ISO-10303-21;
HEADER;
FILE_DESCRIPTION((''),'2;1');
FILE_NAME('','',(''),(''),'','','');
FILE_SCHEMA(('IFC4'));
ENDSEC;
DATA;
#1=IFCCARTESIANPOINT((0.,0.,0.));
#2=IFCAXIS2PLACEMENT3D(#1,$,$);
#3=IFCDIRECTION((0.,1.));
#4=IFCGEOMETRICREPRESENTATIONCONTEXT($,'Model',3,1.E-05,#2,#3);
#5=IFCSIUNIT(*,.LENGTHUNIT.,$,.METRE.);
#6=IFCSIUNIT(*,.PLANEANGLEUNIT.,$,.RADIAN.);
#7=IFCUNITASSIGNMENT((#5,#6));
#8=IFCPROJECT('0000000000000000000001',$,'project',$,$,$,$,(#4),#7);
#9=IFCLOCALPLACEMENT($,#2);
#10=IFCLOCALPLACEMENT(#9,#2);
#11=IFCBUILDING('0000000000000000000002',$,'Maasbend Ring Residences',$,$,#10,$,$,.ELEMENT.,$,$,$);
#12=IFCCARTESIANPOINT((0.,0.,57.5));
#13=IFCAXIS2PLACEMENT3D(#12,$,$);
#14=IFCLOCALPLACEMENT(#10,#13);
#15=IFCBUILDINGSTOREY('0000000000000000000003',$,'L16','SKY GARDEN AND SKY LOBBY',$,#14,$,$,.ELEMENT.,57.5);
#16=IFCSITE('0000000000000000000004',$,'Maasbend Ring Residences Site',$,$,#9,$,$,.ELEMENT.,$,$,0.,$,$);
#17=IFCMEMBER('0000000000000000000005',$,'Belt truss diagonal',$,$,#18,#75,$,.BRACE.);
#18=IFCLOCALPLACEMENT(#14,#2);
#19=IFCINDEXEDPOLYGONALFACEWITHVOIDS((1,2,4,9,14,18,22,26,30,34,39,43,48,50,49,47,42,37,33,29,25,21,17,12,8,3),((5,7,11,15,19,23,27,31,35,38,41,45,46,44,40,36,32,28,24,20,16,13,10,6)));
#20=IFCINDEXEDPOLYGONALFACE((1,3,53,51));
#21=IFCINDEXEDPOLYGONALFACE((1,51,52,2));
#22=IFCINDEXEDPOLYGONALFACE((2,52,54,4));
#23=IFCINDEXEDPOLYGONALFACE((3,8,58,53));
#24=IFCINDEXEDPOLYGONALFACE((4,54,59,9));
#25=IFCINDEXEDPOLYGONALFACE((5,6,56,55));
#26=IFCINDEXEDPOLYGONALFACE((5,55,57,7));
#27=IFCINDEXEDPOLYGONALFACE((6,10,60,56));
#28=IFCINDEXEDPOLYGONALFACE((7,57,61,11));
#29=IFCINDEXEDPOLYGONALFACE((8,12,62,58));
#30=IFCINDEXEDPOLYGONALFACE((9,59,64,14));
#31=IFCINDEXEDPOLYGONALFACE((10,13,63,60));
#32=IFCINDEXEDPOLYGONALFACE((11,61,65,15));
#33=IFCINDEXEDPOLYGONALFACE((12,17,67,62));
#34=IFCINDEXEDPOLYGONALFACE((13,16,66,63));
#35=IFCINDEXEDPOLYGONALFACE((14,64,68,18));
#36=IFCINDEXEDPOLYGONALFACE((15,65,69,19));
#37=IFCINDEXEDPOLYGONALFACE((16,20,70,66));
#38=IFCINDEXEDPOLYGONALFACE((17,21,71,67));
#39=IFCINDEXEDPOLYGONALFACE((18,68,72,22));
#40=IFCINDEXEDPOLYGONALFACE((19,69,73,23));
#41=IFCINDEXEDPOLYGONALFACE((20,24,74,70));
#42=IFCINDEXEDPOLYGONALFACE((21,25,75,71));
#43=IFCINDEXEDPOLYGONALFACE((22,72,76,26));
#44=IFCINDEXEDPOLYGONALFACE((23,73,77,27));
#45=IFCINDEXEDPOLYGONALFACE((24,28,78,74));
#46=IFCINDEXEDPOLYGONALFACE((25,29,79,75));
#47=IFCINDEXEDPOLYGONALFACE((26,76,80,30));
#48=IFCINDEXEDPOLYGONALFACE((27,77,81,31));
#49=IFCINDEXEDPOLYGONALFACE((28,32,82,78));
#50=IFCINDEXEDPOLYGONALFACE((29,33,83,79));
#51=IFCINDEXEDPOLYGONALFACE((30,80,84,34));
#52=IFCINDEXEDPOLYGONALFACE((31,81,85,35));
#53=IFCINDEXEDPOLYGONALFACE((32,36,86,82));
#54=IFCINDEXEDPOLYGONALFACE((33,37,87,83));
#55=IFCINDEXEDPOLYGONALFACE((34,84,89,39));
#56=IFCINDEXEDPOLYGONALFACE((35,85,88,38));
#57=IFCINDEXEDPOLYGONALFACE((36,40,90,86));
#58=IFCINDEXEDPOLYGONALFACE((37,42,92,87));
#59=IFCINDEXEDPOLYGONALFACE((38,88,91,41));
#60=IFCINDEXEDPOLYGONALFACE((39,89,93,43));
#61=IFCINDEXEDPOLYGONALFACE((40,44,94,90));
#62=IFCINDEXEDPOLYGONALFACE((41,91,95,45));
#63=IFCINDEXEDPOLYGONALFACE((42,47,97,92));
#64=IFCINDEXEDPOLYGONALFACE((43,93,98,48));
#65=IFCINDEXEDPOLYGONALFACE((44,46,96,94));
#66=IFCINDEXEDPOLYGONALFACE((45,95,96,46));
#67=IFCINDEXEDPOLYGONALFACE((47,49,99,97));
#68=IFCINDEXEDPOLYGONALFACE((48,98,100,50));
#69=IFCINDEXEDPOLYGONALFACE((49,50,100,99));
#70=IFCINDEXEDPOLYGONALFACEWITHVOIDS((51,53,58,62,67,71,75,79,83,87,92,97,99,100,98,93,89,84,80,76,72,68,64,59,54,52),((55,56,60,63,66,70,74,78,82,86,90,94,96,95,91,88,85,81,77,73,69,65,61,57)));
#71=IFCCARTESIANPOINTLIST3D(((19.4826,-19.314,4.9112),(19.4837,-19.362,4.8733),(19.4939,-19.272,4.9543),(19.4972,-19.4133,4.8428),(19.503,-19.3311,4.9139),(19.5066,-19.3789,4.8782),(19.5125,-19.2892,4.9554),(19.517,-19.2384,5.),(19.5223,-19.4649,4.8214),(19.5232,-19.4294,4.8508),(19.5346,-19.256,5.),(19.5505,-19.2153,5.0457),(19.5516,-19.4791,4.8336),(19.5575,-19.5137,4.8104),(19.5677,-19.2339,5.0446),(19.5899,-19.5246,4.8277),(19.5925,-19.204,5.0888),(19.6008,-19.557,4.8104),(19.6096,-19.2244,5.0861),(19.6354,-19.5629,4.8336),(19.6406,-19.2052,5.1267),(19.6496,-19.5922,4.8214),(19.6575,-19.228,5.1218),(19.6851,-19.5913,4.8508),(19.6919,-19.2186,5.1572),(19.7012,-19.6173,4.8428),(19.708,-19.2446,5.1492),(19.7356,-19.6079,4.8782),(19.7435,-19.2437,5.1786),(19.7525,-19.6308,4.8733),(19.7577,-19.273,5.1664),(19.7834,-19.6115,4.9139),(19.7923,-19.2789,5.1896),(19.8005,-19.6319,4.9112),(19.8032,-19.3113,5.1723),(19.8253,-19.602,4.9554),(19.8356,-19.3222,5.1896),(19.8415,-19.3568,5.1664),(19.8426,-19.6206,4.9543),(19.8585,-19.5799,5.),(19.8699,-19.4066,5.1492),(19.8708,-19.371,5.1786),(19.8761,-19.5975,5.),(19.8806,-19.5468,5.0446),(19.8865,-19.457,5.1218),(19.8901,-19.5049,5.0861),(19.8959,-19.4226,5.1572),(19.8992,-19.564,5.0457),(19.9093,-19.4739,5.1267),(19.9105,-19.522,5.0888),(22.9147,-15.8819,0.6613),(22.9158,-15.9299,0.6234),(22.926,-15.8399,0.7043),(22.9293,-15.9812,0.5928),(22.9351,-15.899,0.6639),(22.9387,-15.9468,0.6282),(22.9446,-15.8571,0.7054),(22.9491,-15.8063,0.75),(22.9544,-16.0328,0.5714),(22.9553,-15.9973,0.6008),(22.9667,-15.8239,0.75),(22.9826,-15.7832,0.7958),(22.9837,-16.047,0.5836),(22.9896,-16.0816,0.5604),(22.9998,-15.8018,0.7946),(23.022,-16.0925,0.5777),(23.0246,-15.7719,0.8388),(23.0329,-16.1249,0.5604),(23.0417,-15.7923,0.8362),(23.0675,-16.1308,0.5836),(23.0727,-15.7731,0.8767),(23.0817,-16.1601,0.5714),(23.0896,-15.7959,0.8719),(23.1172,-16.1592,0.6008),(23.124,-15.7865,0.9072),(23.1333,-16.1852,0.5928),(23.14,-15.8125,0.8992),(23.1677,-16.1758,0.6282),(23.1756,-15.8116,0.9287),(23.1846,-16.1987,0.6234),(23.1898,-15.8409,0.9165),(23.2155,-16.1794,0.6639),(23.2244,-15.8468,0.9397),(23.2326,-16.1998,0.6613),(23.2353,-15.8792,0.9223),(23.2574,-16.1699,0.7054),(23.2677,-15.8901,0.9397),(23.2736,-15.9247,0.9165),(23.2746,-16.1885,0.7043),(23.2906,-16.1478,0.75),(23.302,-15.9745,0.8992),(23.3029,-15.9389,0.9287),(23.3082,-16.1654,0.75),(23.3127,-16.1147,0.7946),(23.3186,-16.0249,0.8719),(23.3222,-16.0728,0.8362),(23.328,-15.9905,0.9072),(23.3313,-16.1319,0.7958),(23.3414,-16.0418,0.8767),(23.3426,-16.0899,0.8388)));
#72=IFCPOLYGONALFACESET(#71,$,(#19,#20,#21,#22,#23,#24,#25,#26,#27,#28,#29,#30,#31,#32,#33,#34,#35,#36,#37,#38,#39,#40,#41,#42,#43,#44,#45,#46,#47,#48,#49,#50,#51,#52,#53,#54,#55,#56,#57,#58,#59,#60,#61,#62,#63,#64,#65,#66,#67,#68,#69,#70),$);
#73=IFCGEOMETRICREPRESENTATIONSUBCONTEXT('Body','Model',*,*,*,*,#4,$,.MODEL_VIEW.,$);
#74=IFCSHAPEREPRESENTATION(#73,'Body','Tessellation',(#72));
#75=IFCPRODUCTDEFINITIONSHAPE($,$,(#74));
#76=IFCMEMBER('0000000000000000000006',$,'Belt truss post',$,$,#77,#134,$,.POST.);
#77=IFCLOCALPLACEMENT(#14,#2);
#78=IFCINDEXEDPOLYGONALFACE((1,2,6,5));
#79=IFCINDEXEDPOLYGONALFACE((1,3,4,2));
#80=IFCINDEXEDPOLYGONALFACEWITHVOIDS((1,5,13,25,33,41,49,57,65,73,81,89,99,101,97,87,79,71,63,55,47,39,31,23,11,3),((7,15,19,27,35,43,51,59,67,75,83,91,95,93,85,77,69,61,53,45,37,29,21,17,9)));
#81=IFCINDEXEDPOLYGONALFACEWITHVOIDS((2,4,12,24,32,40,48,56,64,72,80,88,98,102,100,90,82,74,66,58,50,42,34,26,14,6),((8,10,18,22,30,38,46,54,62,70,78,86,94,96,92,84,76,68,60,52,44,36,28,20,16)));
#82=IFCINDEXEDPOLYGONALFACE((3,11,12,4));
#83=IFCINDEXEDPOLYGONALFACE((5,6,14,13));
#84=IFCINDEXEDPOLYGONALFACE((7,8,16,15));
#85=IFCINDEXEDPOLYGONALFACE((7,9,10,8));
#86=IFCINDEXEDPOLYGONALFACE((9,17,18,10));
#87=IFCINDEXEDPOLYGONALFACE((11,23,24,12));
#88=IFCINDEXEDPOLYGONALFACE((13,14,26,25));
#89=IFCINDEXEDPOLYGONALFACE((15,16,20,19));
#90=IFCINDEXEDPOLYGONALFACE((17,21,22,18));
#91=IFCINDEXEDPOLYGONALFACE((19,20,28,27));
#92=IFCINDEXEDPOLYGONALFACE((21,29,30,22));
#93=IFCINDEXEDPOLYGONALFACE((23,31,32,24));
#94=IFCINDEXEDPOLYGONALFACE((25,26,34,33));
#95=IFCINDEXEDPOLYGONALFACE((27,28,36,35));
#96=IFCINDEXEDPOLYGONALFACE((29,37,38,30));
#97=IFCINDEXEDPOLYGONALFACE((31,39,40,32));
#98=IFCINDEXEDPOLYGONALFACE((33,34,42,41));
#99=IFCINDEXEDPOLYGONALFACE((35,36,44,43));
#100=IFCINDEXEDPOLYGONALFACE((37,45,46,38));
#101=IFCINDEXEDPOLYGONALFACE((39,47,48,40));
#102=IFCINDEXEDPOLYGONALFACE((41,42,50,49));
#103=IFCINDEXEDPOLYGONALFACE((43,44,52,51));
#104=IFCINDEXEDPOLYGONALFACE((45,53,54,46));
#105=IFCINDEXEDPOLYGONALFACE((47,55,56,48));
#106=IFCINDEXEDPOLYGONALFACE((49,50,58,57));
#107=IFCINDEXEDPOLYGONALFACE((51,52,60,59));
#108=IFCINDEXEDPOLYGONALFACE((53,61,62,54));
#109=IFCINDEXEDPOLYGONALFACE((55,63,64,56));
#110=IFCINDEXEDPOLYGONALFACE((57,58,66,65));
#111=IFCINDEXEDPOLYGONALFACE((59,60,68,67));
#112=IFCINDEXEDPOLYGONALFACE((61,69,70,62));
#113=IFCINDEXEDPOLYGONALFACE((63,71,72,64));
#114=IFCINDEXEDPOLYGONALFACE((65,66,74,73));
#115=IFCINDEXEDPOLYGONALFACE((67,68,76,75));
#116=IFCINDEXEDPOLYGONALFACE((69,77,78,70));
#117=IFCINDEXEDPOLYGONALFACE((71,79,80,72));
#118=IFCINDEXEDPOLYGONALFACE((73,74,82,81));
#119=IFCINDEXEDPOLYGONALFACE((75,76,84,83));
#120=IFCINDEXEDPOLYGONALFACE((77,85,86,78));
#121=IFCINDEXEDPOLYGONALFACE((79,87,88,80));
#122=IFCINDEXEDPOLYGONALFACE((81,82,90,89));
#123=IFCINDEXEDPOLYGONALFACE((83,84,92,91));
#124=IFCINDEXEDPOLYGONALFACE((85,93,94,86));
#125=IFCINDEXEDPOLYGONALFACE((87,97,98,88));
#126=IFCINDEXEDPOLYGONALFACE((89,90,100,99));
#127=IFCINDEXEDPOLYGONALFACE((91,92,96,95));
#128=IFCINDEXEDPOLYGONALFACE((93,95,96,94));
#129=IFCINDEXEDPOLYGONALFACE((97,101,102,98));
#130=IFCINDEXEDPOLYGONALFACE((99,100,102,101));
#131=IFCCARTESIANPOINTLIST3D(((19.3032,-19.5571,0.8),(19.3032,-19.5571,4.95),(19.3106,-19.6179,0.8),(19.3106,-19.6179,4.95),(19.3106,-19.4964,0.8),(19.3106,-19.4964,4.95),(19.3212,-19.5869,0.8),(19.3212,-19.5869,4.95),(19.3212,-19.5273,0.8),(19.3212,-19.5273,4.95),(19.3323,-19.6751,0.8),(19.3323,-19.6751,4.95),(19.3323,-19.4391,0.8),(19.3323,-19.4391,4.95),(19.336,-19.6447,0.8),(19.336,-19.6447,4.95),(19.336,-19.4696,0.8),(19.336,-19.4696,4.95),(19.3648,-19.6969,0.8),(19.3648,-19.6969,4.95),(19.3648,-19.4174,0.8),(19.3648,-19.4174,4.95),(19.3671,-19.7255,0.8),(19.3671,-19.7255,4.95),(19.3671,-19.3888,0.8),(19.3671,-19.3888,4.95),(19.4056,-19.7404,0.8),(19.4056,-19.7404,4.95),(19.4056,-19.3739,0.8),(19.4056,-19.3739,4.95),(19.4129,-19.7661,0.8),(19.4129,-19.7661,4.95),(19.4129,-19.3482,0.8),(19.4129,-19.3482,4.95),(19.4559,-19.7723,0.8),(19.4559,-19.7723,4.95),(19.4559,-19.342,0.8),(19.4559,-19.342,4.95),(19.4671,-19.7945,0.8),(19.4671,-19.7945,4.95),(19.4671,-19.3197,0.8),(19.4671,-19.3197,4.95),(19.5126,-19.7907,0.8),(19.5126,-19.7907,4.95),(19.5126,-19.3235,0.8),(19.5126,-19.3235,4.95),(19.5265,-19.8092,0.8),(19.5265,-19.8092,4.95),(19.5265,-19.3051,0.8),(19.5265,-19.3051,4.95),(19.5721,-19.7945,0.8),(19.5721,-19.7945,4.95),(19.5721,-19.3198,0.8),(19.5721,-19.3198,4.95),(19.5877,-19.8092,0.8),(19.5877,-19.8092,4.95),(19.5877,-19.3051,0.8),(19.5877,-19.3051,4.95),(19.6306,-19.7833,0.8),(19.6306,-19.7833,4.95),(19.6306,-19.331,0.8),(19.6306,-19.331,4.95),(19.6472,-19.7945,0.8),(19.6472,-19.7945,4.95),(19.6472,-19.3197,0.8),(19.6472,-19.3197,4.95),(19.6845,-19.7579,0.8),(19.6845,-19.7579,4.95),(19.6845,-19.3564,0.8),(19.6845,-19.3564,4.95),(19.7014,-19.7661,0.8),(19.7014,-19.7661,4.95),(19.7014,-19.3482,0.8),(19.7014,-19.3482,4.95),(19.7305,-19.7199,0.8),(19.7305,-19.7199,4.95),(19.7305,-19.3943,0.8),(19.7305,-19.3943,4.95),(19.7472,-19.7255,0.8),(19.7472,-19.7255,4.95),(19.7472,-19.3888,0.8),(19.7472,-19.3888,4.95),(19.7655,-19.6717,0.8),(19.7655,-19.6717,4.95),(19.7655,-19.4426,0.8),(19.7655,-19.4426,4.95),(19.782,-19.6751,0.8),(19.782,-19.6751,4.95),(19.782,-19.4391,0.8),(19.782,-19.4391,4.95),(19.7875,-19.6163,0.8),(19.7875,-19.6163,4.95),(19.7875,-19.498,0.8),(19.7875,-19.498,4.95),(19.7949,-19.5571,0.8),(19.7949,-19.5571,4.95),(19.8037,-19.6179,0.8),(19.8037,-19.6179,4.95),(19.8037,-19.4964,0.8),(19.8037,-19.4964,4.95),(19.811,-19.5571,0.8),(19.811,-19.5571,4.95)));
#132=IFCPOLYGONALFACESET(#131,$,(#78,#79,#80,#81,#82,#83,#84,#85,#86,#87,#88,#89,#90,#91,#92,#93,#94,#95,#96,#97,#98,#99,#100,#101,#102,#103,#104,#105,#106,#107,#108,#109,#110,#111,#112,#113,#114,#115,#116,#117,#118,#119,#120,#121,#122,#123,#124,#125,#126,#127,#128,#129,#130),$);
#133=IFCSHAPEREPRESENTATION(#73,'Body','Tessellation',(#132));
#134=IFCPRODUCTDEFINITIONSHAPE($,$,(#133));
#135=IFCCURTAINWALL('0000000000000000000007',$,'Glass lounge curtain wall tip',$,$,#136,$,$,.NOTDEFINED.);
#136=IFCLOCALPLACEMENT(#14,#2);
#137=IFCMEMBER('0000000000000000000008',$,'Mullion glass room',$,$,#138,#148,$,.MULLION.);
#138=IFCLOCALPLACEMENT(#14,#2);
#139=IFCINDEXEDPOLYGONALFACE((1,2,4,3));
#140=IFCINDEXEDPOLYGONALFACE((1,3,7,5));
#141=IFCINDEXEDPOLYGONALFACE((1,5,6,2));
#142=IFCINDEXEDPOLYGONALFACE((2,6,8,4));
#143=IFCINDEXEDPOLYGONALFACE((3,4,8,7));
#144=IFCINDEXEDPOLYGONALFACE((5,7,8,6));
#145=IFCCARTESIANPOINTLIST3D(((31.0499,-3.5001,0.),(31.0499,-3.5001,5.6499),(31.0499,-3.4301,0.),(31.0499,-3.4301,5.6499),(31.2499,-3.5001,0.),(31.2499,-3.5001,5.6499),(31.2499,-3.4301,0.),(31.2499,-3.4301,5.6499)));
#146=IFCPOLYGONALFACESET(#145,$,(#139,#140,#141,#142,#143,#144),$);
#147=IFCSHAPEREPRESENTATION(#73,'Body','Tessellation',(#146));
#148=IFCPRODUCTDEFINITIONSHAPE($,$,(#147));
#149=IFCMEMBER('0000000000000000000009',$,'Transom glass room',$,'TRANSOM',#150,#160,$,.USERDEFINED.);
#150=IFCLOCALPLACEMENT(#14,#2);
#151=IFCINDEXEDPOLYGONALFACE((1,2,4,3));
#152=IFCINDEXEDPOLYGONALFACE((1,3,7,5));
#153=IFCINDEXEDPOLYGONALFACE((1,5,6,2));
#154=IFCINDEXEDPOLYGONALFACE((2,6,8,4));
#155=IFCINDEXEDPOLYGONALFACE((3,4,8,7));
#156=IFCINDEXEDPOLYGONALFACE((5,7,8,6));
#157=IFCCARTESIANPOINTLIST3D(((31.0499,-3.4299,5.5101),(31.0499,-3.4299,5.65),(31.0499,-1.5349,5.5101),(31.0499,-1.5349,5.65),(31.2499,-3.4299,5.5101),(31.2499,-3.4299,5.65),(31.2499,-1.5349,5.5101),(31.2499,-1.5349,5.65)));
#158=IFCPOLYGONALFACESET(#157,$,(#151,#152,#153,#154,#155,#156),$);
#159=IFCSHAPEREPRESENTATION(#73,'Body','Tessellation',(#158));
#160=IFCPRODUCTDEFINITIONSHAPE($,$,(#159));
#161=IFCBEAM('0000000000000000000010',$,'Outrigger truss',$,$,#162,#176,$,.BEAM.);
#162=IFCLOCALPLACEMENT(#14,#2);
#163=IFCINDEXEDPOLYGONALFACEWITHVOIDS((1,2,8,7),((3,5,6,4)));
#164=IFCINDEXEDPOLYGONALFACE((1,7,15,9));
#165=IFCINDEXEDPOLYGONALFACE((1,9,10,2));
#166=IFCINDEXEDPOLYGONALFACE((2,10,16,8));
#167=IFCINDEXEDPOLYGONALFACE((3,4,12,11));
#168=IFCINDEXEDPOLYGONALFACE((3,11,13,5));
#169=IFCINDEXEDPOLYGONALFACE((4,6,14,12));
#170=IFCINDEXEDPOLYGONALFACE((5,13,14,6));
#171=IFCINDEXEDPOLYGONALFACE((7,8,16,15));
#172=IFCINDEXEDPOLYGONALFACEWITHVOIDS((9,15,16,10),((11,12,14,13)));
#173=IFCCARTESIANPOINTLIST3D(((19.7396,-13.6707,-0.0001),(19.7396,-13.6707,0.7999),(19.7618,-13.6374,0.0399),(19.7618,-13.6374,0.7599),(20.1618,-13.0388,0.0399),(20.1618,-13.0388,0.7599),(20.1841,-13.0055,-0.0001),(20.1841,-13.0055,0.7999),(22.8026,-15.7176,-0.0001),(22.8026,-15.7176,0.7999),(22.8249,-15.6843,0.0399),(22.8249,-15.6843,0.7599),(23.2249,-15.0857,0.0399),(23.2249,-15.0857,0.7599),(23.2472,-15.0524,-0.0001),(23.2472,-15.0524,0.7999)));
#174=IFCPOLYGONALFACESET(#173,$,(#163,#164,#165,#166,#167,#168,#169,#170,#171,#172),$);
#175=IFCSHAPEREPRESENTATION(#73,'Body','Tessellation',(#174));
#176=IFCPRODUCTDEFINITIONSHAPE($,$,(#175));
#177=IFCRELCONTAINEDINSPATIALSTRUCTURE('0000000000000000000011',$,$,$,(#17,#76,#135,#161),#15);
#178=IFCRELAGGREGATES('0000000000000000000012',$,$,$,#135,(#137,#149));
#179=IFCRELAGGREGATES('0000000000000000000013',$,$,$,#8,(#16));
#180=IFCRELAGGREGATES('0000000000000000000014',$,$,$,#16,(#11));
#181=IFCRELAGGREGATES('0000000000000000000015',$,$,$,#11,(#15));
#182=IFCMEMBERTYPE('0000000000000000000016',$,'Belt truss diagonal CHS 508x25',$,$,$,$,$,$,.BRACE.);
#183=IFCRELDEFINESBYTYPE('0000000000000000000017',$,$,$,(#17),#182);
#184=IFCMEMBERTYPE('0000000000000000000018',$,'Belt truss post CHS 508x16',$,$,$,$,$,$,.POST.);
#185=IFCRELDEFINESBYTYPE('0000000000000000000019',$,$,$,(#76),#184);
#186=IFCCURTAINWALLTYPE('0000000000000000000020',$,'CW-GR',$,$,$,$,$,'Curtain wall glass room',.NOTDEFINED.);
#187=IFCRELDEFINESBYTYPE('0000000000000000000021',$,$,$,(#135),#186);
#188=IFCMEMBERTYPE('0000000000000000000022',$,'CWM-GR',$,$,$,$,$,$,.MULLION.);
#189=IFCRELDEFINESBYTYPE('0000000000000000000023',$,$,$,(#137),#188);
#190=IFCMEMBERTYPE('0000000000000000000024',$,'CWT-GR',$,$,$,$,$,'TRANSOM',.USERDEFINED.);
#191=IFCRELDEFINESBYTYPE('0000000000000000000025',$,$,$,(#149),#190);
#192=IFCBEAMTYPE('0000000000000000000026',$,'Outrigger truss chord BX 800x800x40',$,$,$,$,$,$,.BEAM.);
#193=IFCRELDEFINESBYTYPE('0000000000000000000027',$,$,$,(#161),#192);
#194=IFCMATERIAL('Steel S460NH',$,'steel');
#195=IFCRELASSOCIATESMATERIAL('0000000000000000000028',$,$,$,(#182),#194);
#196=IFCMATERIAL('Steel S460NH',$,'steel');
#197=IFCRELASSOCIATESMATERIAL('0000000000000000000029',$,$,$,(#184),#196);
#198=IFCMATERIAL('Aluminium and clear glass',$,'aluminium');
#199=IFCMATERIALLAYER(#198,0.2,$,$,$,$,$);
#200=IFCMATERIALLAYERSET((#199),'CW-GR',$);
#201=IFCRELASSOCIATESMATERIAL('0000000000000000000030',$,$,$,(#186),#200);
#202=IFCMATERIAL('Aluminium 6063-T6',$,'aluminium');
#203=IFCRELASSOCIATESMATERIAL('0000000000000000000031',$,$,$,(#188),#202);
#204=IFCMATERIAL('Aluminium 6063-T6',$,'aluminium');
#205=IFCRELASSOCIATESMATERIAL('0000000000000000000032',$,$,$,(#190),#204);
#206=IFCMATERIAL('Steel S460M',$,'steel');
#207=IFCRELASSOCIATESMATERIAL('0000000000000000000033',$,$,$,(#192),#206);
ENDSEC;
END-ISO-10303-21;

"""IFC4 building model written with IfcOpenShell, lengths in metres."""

from ifc_helpers import new_model, si_unit, direction, frame, origin, origin_2d, place, context, subcontext, project, spatial, rectangle, hollow_rectangle, hollow_circle, extrude, material, layer, layer_set, material_profile, profile_set, type_object, element, aggregate, save


model = new_model("IFC4")

# Units and contexts
model_context = context("Model", 3, precision=1e-05, world=origin(), true_north=direction((0.0, 1.0)))
body_context = subcontext(model_context, "Body", "Model", "MODEL_VIEW")
ifc_project = project(units=[si_unit("LENGTHUNIT", "METRE"), si_unit("PLANEANGLEUNIT", "RADIAN")], contexts=[model_context])

# Site, building, storey
site_placement = place(None, origin())
site = spatial("IfcSite", under=ifc_project, at=site_placement, Name="Maasbend Ring Residences Site", CompositionType="ELEMENT", RefElevation=0.0)
building_placement = place(site_placement, origin())
building = spatial("IfcBuilding", under=site, at=building_placement, Name="Maasbend Ring Residences", CompositionType="ELEMENT")
storey_placement = place(building_placement, frame((0.0, 0.0, 57.5)))
storey = spatial("IfcBuildingStorey", under=building, at=storey_placement, Name="L16", Description="SKY GARDEN AND SKY LOBBY", CompositionType="ELEMENT", Elevation=57.5)

# Members
ifc_material_1 = material(Name="Steel S460NH", Category="steel")
ifc_material_profile_1 = material_profile(ifc_material_1, hollow_circle(Radius=0.2539, WallThickness=0.0249, at=origin_2d()), Name="Belt truss diagonal CHS 508x25")
ifc_profile_set_1 = profile_set([ifc_material_profile_1], Name="Steel S460NH")
member_type_1 = type_object("IfcMemberType", Name="Belt truss diagonal CHS 508x25", PredefinedType="BRACE", material=ifc_profile_set_1)
for number, where, z_axis, x_axis, name in (
    (1, (19.6965, -19.418, 5.0), (0.531991, 0.531991, -0.658764), (-0.707107, 0.707107, 0.0), "Belt truss diagonal"),
):
    element("IfcMember", number, at=place(storey_placement, frame(where, z_axis=z_axis, x_axis=x_axis)), inside=storey, type_object=member_type_1, Name=name, PredefinedType="BRACE", context=body_context, shape_type="SweptSolid", body=[
        extrude(hollow_circle(Radius=0.2539, WallThickness=0.0249, at=origin_2d()), origin(), (0.0, 0.0, 1.0), 6.4514),
    ])
ifc_material_2 = material(Name="Steel S460NH", Category="steel")
ifc_material_profile_2 = material_profile(ifc_material_2, hollow_circle(Radius=0.2539, WallThickness=0.0161, at=origin_2d()), Name="Belt truss post CHS 508x16")
ifc_profile_set_2 = profile_set([ifc_material_profile_2], Name="Steel S460NH")
member_type_2 = type_object("IfcMemberType", Name="Belt truss post CHS 508x16", PredefinedType="POST", material=ifc_profile_set_2)
member_1_placement = place(storey_placement, frame((19.5571, -19.5571, 0.8), z_axis=(0.0, 0.0, 1.0), x_axis=(1.0, 0.0, 0.0)))
element("IfcMember", 2, at=member_1_placement, inside=storey, type_object=member_type_2, Name="Belt truss post", PredefinedType="POST", context=body_context, shape_type="SweptSolid", body=[
    extrude(hollow_circle(Radius=0.2539, WallThickness=0.0161, at=origin_2d()), origin(), (0.0, 0.0, 1.0), 4.1499),
])

# Curtain wall, members
ifc_material_3 = material(Name="Aluminium and clear glass", Category="aluminium")
ifc_layer_1 = layer(ifc_material_3, 0.2)
ifc_layer_set_1 = layer_set([ifc_layer_1], Name="CW-GR")
curtain_wall_type = type_object("IfcCurtainWallType", Name="CW-GR", ElementType="Curtain wall glass room", PredefinedType="NOTDEFINED", material=ifc_layer_set_1)
curtain_wall_placement = place(storey_placement, origin())
curtain_wall = element("IfcCurtainWall", 3, at=curtain_wall_placement, inside=storey, type_object=curtain_wall_type, Name="Glass lounge curtain wall tip", PredefinedType="NOTDEFINED")
ifc_material_4 = material(Name="Aluminium 6063-T6", Category="aluminium")
ifc_material_profile_3 = material_profile(ifc_material_4, rectangle(XDim=0.2, YDim=0.0701, at=origin_2d()), Name="AL 200x70")
ifc_profile_set_3 = profile_set([ifc_material_profile_3], Name="Aluminium 6063-T6")
member_type_3 = type_object("IfcMemberType", Name="CWM-GR", PredefinedType="MULLION", material=ifc_profile_set_3)
member_2_placement = place(storey_placement, frame((31.1499, -3.4651, 0.0), z_axis=(0.0, 0.0, 1.0), x_axis=(-1.0, 0.0, 0.0)))
member_2 = element("IfcMember", 4, at=member_2_placement, type_object=member_type_3, Name="Mullion glass room", PredefinedType="MULLION", context=body_context, shape_type="SweptSolid", body=[
    extrude(rectangle(XDim=0.2, YDim=0.0701, at=origin_2d()), origin(), (0.0, 0.0, 1.0), 5.6499),
])
ifc_material_5 = material(Name="Aluminium 6063-T6", Category="aluminium")
ifc_material_profile_4 = material_profile(ifc_material_5, rectangle(XDim=0.2, YDim=0.1399, at=origin_2d()), Name="AL 200x140")
ifc_profile_set_4 = profile_set([ifc_material_profile_4], Name="Aluminium 6063-T6")
member_type_4 = type_object("IfcMemberType", Name="CWT-GR", ElementType="TRANSOM", PredefinedType="USERDEFINED", material=ifc_profile_set_4)
member_3_placement = place(storey_placement, frame((31.1499, -3.4299, 5.5801), z_axis=(0.0, 1.0, 0.0), x_axis=(-1.0, 0.0, 0.0)))
member_3 = element("IfcMember", 5, at=member_3_placement, type_object=member_type_4, Name="Transom glass room", ObjectType="TRANSOM", PredefinedType="USERDEFINED", context=body_context, shape_type="SweptSolid", body=[
    extrude(rectangle(XDim=0.2, YDim=0.1399, at=origin_2d()), origin(), (0.0, 0.0, 1.0), 1.895),
])
aggregate(curtain_wall, [member_2, member_3])

# Beam
ifc_material_6 = material(Name="Steel S460M", Category="steel")
ifc_material_profile_5 = material_profile(ifc_material_6, hollow_rectangle(XDim=0.8, YDim=0.8, WallThickness=0.04, at=origin_2d()), Name="Outrigger truss chord BX 800x800x40")
ifc_profile_set_5 = profile_set([ifc_material_profile_5], Name="Steel S460M")
beam_type_1 = type_object("IfcBeamType", Name="Outrigger truss chord BX 800x800x40", PredefinedType="BEAM", material=ifc_profile_set_5)
beam_1_placement = place(storey_placement, frame((23.0249, -15.385, 0.3999), z_axis=(-0.831438, 0.555617, 0.0), x_axis=(-0.555617, -0.831438, 0.0)))
element("IfcBeam", 6, at=beam_1_placement, inside=storey, type_object=beam_type_1, Name="Outrigger truss", PredefinedType="BEAM", context=body_context, shape_type="SweptSolid", body=[
    extrude(hollow_rectangle(XDim=0.8, YDim=0.8, WallThickness=0.04, at=origin_2d()), origin(), (0.0, 0.0, 1.0), 3.6841),
])

save(model, "model.ifc")
